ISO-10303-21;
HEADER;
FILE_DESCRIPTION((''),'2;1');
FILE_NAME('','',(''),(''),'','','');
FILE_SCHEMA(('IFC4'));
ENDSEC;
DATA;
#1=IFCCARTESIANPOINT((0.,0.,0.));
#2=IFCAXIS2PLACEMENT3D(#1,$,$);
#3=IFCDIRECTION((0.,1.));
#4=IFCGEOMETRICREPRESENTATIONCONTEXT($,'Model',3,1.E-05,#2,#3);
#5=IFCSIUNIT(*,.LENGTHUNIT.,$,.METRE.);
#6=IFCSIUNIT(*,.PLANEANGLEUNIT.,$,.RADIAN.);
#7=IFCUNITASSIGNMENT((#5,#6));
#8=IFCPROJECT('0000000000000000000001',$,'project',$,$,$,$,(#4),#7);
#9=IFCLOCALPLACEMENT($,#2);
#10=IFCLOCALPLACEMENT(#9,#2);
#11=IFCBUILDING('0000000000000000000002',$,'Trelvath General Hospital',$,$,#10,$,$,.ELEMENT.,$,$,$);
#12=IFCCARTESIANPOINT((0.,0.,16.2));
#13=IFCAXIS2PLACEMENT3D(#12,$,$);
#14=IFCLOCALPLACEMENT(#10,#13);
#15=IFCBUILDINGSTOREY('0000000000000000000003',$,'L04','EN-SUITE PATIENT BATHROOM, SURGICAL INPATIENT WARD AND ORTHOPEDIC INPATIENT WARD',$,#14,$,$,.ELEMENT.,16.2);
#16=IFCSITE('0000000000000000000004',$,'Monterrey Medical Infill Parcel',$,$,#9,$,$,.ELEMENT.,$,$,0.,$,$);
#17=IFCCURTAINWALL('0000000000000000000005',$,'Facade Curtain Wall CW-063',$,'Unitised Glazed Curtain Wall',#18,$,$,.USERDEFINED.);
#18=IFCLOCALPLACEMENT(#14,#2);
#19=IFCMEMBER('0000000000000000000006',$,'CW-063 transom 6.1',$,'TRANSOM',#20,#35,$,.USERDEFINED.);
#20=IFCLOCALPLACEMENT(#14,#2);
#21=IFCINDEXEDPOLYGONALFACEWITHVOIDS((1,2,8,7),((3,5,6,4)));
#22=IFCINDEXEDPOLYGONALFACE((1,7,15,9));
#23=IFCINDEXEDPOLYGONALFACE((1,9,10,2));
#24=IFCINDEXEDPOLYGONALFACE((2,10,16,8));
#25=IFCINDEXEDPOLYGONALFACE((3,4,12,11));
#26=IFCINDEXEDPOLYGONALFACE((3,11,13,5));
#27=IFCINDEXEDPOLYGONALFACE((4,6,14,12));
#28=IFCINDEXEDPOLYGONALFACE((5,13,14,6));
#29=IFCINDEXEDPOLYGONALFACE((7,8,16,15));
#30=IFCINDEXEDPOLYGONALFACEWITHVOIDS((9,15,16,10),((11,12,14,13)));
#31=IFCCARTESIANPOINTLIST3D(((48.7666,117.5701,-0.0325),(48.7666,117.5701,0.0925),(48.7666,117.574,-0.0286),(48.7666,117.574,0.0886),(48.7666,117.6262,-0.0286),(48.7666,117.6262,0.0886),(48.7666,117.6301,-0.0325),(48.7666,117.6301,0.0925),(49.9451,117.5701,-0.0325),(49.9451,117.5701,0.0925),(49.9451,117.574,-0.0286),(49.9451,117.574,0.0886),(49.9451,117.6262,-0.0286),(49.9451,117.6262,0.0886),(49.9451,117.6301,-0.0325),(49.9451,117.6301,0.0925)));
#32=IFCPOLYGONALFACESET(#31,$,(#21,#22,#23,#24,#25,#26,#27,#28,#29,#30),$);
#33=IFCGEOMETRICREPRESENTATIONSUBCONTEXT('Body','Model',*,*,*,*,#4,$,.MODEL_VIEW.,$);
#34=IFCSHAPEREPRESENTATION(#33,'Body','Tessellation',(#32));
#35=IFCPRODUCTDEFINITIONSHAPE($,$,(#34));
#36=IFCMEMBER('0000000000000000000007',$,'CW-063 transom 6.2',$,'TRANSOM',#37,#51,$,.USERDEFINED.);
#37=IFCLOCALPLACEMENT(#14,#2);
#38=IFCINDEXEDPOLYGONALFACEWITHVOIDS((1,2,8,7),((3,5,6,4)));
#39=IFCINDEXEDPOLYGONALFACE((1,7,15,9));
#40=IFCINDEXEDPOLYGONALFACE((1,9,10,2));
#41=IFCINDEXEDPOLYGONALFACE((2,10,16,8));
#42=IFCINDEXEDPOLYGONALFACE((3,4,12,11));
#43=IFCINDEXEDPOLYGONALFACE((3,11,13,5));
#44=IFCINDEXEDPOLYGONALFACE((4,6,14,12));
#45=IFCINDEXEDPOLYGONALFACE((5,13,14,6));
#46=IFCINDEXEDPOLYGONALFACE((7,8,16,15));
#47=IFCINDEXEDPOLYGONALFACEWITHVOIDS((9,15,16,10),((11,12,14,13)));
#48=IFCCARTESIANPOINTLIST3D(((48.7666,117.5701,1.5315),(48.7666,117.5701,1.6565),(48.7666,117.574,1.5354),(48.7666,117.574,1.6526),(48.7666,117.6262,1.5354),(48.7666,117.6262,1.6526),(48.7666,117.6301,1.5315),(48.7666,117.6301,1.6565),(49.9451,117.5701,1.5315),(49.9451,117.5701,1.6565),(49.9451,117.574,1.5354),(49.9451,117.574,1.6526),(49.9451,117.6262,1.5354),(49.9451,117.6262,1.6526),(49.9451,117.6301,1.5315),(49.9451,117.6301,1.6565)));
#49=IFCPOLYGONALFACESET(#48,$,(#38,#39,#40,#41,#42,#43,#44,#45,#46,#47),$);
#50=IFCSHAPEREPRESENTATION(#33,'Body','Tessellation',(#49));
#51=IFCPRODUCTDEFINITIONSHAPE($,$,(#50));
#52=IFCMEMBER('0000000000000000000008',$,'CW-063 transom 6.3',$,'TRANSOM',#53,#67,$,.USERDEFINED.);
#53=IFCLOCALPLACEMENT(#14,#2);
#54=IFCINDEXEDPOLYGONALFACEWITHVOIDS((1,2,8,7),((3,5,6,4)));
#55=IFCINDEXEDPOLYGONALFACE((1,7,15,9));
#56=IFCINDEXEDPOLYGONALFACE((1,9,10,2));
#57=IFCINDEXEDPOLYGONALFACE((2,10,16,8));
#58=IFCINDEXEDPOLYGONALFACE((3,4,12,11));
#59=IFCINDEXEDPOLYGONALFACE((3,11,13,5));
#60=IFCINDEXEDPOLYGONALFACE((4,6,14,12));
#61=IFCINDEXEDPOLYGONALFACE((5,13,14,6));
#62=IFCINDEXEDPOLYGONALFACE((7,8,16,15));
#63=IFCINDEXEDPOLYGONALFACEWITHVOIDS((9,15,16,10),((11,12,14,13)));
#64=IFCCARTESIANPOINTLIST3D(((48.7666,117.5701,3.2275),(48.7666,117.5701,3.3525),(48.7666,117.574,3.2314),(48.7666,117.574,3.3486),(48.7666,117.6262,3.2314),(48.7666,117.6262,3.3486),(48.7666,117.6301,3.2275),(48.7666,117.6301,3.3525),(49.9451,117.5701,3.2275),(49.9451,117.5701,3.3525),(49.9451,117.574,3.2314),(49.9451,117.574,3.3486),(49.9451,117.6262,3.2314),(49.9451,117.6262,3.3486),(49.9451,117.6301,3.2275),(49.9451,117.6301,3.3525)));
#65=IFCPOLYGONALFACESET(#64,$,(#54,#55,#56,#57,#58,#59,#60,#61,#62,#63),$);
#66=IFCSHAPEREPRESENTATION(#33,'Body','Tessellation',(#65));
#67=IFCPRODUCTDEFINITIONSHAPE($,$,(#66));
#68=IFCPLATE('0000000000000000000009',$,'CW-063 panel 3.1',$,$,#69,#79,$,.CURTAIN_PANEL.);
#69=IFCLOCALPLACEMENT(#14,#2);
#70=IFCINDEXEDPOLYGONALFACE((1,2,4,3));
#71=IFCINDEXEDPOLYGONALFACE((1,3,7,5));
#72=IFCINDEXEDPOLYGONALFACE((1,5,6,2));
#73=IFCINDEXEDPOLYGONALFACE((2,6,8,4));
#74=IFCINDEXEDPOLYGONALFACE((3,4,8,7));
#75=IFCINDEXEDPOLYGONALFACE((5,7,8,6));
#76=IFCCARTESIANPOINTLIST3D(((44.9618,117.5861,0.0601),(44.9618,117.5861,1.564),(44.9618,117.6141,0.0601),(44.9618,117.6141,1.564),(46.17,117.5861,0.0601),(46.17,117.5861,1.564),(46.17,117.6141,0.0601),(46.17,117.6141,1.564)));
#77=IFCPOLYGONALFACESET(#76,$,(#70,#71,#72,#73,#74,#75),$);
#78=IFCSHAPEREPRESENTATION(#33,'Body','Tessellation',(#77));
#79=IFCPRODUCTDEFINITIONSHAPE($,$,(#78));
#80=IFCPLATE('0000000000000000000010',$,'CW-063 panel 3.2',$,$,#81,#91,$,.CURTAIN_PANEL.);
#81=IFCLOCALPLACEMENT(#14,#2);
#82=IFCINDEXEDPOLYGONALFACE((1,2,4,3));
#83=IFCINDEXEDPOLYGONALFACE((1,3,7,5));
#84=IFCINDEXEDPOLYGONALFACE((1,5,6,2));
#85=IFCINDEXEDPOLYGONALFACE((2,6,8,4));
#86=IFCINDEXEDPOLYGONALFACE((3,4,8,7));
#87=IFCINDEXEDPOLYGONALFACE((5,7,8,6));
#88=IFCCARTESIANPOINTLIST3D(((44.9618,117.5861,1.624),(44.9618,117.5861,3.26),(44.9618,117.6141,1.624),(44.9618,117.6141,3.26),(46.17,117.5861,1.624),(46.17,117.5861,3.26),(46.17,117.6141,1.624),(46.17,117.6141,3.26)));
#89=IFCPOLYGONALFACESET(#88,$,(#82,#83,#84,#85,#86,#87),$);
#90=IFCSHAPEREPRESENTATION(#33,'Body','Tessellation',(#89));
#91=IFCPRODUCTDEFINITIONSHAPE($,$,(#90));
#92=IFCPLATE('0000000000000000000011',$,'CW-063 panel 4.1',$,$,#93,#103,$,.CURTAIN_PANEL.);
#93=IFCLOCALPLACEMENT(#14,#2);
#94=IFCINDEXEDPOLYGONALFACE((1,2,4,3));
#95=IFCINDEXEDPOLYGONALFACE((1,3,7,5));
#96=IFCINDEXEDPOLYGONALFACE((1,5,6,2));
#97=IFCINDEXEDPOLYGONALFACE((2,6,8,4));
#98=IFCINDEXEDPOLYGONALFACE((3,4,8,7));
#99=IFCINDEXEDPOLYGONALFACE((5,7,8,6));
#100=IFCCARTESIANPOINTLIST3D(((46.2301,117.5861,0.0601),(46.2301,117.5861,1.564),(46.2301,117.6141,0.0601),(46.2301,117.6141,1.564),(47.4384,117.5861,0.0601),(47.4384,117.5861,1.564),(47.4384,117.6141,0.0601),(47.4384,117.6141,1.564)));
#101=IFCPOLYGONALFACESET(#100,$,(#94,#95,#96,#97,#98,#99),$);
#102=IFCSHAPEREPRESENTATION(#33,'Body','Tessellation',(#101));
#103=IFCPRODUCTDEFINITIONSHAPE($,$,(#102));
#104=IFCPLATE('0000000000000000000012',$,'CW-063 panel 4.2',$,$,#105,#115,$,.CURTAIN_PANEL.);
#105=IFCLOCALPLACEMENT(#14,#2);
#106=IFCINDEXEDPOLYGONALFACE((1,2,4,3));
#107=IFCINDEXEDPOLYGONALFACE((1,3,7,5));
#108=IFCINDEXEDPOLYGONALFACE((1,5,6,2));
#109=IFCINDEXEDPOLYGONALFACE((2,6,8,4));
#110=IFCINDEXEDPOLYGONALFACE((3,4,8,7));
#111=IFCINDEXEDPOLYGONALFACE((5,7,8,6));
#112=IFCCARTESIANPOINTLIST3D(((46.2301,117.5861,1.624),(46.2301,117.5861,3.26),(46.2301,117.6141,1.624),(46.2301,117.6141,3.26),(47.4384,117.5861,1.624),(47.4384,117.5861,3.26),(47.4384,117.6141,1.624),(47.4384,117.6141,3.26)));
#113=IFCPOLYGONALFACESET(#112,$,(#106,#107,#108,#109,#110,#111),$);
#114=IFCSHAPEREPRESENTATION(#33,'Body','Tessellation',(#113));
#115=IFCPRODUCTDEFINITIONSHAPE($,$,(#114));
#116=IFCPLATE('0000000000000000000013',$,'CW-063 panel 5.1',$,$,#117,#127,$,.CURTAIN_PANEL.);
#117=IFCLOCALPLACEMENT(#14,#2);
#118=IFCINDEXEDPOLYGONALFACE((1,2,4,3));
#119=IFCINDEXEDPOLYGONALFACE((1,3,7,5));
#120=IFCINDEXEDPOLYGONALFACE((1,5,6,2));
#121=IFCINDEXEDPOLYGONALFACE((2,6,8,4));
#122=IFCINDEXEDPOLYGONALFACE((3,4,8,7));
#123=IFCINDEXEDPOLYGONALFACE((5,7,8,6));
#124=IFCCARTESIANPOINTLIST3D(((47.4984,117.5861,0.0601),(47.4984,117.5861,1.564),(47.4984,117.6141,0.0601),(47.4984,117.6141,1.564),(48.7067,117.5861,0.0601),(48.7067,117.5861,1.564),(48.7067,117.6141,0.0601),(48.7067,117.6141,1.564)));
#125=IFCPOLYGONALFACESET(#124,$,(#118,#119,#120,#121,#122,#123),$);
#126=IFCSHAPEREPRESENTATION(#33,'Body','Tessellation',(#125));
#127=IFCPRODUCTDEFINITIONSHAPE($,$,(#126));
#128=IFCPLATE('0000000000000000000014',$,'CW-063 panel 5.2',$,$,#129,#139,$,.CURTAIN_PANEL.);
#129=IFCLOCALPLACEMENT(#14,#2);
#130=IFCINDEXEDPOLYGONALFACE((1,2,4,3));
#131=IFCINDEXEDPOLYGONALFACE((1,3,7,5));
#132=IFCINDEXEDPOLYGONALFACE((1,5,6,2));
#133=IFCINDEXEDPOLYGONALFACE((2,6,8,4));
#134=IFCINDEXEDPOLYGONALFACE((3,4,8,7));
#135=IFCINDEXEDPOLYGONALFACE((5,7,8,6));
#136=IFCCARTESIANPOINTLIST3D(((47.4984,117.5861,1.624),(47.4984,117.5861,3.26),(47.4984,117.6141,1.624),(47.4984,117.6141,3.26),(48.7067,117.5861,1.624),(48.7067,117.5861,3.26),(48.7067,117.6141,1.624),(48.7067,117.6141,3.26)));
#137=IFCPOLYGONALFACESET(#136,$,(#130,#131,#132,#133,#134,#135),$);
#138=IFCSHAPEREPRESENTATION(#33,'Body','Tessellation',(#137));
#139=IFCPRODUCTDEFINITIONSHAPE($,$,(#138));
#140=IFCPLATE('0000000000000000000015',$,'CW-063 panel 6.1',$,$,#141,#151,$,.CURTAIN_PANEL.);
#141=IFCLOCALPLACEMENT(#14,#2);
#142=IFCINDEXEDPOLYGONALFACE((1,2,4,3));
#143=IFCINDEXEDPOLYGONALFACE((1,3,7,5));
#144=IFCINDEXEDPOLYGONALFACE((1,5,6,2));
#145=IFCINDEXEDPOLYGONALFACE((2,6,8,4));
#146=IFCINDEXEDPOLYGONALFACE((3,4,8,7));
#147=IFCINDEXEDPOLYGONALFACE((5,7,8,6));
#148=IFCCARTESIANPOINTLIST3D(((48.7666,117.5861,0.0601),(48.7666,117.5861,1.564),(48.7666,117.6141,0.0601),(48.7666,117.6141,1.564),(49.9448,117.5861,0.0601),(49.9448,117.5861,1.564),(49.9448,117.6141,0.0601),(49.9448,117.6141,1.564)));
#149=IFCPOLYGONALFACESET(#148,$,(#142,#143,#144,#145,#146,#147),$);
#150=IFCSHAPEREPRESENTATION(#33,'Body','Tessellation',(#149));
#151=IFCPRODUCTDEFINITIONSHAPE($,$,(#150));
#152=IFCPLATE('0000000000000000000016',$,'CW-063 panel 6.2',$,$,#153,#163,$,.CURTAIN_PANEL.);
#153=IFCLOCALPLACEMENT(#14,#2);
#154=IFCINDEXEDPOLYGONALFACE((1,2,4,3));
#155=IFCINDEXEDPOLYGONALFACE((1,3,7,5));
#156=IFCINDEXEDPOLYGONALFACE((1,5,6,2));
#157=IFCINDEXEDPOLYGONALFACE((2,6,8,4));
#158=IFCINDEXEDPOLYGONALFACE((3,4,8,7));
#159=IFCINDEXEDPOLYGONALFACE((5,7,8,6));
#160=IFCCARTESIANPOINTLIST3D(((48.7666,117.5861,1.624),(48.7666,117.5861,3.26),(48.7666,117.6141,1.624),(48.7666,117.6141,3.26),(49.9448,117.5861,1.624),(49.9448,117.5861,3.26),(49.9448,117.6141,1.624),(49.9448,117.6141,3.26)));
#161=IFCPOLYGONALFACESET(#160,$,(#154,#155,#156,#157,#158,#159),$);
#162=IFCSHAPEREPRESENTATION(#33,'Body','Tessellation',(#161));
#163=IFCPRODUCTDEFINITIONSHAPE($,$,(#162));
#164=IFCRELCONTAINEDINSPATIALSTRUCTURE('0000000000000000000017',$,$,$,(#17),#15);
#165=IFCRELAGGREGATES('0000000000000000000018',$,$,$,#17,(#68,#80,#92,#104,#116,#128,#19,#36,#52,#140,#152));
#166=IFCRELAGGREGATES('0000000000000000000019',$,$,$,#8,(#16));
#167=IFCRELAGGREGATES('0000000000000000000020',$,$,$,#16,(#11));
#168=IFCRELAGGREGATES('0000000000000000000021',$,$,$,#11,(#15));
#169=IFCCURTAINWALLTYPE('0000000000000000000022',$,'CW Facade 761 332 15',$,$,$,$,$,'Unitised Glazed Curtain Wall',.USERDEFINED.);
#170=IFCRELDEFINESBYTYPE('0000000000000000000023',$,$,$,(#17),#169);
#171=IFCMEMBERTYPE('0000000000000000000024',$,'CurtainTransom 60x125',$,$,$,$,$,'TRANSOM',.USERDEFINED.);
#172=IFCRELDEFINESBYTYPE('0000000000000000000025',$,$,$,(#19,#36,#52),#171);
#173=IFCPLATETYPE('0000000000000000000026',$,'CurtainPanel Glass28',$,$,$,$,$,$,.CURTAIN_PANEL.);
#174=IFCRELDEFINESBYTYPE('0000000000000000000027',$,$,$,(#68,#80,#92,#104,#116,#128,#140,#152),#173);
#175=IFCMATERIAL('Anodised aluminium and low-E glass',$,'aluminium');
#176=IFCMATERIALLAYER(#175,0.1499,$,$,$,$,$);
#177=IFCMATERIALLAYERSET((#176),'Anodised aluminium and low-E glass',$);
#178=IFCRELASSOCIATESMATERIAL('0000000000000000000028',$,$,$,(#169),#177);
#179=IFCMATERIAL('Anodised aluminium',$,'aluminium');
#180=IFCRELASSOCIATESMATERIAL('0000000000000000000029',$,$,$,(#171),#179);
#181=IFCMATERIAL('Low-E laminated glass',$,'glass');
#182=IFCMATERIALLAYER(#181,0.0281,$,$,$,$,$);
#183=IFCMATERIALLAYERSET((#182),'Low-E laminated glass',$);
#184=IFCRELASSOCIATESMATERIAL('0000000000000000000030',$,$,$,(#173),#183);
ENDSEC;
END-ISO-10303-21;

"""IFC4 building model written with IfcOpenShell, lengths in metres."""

from ifc_helpers import new_model, si_unit, direction, frame, origin, origin_2d, place, context, subcontext, project, spatial, rectangle, hollow_rectangle, extrude, material, layer, layer_set, material_profile, profile_set, type_object, element, aggregate, save


model = new_model("IFC4")

# Units and contexts
model_context = context("Model", 3, precision=1e-05, world=origin(), true_north=direction((0.0, 1.0)))
body_context = subcontext(model_context, "Body", "Model", "MODEL_VIEW")
ifc_project = project(units=[si_unit("LENGTHUNIT", "METRE"), si_unit("PLANEANGLEUNIT", "RADIAN")], contexts=[model_context])

# Site, building, storey
site_placement = place(None, origin())
site = spatial("IfcSite", under=ifc_project, at=site_placement, Name="Monterrey Medical Infill Parcel", CompositionType="ELEMENT", RefElevation=0.0)
building_placement = place(site_placement, origin())
building = spatial("IfcBuilding", under=site, at=building_placement, Name="Trelvath General Hospital", CompositionType="ELEMENT")
storey_placement = place(building_placement, frame((0.0, 0.0, 16.2)))
storey = spatial("IfcBuildingStorey", under=building, at=storey_placement, Name="L04", Description="EN-SUITE PATIENT BATHROOM, SURGICAL INPATIENT WARD AND ORTHOPEDIC INPATIENT WARD", CompositionType="ELEMENT", Elevation=16.2)

# Curtain wall, members, plates
ifc_material_1 = material(Name="Anodised aluminium and low-E glass", Category="aluminium")
ifc_layer_1 = layer(ifc_material_1, 0.1499)
ifc_layer_set_1 = layer_set([ifc_layer_1], Name="Anodised aluminium and low-E glass")
curtain_wall_type = type_object("IfcCurtainWallType", Name="CW Facade 761 332 15", ElementType="Unitised Glazed Curtain Wall", PredefinedType="USERDEFINED", material=ifc_layer_set_1)
curtain_wall_placement = place(storey_placement, origin())
curtain_wall = element("IfcCurtainWall", 1, at=curtain_wall_placement, inside=storey, type_object=curtain_wall_type, Name="Facade Curtain Wall CW-063", ObjectType="Unitised Glazed Curtain Wall", PredefinedType="USERDEFINED")
ifc_material_2 = material(Name="Anodised aluminium", Category="aluminium")
ifc_material_profile_1 = material_profile(ifc_material_2, hollow_rectangle(XDim=0.0601, YDim=0.125, WallThickness=0.0039, at=origin_2d()), Name="RHS60x125x4")
ifc_profile_set_1 = profile_set([ifc_material_profile_1], Name="Anodised aluminium")
member_type_1 = type_object("IfcMemberType", Name="CurtainTransom 60x125", ElementType="TRANSOM", PredefinedType="USERDEFINED", material=ifc_profile_set_1)
member_1_placement = place(storey_placement, frame((48.7666, 117.6001, 0.03), z_axis=(1.0, 0.0, 0.0), x_axis=(0.0, 1.0, 0.0)))
member_1 = element("IfcMember", 2, at=member_1_placement, type_object=member_type_1, Name="CW-063 transom 6.1", ObjectType="TRANSOM", PredefinedType="USERDEFINED", context=body_context, shape_type="SweptSolid", body=[
    extrude(hollow_rectangle(XDim=0.0601, YDim=0.125, WallThickness=0.0039, at=origin_2d()), origin(), (0.0, 0.0, 1.0), 1.1785),
])
member_2_placement = place(storey_placement, frame((48.7666, 117.6001, 1.594), z_axis=(1.0, 0.0, 0.0), x_axis=(0.0, 1.0, 0.0)))
member_2 = element("IfcMember", 3, at=member_2_placement, type_object=member_type_1, Name="CW-063 transom 6.2", ObjectType="TRANSOM", PredefinedType="USERDEFINED", context=body_context, shape_type="SweptSolid", body=[
    extrude(hollow_rectangle(XDim=0.0601, YDim=0.125, WallThickness=0.0039, at=origin_2d()), origin(), (0.0, 0.0, 1.0), 1.1785),
])
member_3_placement = place(storey_placement, frame((48.7666, 117.6001, 3.29), z_axis=(1.0, 0.0, 0.0), x_axis=(0.0, 1.0, 0.0)))
member_3 = element("IfcMember", 4, at=member_3_placement, type_object=member_type_1, Name="CW-063 transom 6.3", ObjectType="TRANSOM", PredefinedType="USERDEFINED", context=body_context, shape_type="SweptSolid", body=[
    extrude(hollow_rectangle(XDim=0.0601, YDim=0.125, WallThickness=0.0039, at=origin_2d()), origin(), (0.0, 0.0, 1.0), 1.1785),
])
ifc_material_3 = material(Name="Low-E laminated glass", Category="glass")
ifc_layer_2 = layer(ifc_material_3, 0.0281)
ifc_layer_set_2 = layer_set([ifc_layer_2], Name="Low-E laminated glass")
plate_type = type_object("IfcPlateType", Name="CurtainPanel Glass28", PredefinedType="CURTAIN_PANEL", material=ifc_layer_set_2)
plate_1_placement = place(storey_placement, frame((45.5659, 117.6001, 0.0601), z_axis=(0.0, 0.0, 1.0), x_axis=(1.0, 0.0, 0.0)))
plate_1 = element("IfcPlate", 5, at=plate_1_placement, type_object=plate_type, Name="CW-063 panel 3.1", PredefinedType="CURTAIN_PANEL", context=body_context, shape_type="SweptSolid", body=[
    extrude(rectangle(XDim=1.2083, YDim=0.0281, at=origin_2d()), origin(), (0.0, 0.0, 1.0), 1.5039),
])
plate_2_placement = place(storey_placement, frame((45.5659, 117.6001, 1.624), z_axis=(0.0, 0.0, 1.0), x_axis=(1.0, 0.0, 0.0)))
plate_2 = element("IfcPlate", 6, at=plate_2_placement, type_object=plate_type, Name="CW-063 panel 3.2", PredefinedType="CURTAIN_PANEL", context=body_context, shape_type="SweptSolid", body=[
    extrude(rectangle(XDim=1.2083, YDim=0.0281, at=origin_2d()), origin(), (0.0, 0.0, 1.0), 1.636),
])
plate_3_placement = place(storey_placement, frame((46.8342, 117.6001, 0.0601), z_axis=(0.0, 0.0, 1.0), x_axis=(1.0, 0.0, 0.0)))
plate_3 = element("IfcPlate", 7, at=plate_3_placement, type_object=plate_type, Name="CW-063 panel 4.1", PredefinedType="CURTAIN_PANEL", context=body_context, shape_type="SweptSolid", body=[
    extrude(rectangle(XDim=1.2083, YDim=0.0281, at=origin_2d()), origin(), (0.0, 0.0, 1.0), 1.5039),
])
plate_4_placement = place(storey_placement, frame((46.8342, 117.6001, 1.624), z_axis=(0.0, 0.0, 1.0), x_axis=(1.0, 0.0, 0.0)))
plate_4 = element("IfcPlate", 8, at=plate_4_placement, type_object=plate_type, Name="CW-063 panel 4.2", PredefinedType="CURTAIN_PANEL", context=body_context, shape_type="SweptSolid", body=[
    extrude(rectangle(XDim=1.2083, YDim=0.0281, at=origin_2d()), origin(), (0.0, 0.0, 1.0), 1.636),
])
plate_5_placement = place(storey_placement, frame((48.1025, 117.6001, 0.0601), z_axis=(0.0, 0.0, 1.0), x_axis=(1.0, 0.0, 0.0)))
plate_5 = element("IfcPlate", 9, at=plate_5_placement, type_object=plate_type, Name="CW-063 panel 5.1", PredefinedType="CURTAIN_PANEL", context=body_context, shape_type="SweptSolid", body=[
    extrude(rectangle(XDim=1.2083, YDim=0.0281, at=origin_2d()), origin(), (0.0, 0.0, 1.0), 1.5039),
])
plate_6_placement = place(storey_placement, frame((48.1025, 117.6001, 1.624), z_axis=(0.0, 0.0, 1.0), x_axis=(1.0, 0.0, 0.0)))
plate_6 = element("IfcPlate", 10, at=plate_6_placement, type_object=plate_type, Name="CW-063 panel 5.2", PredefinedType="CURTAIN_PANEL", context=body_context, shape_type="SweptSolid", body=[
    extrude(rectangle(XDim=1.2083, YDim=0.0281, at=origin_2d()), origin(), (0.0, 0.0, 1.0), 1.636),
])
plate_7_placement = place(storey_placement, frame((49.3557, 117.6001, 0.0601), z_axis=(0.0, 0.0, 1.0), x_axis=(1.0, 0.0, 0.0)))
plate_7 = element("IfcPlate", 11, at=plate_7_placement, type_object=plate_type, Name="CW-063 panel 6.1", PredefinedType="CURTAIN_PANEL", context=body_context, shape_type="SweptSolid", body=[
    extrude(rectangle(XDim=1.1782, YDim=0.0281, at=origin_2d()), origin(), (0.0, 0.0, 1.0), 1.5039),
])
plate_8_placement = place(storey_placement, frame((49.3557, 117.6001, 1.624), z_axis=(0.0, 0.0, 1.0), x_axis=(1.0, 0.0, 0.0)))
plate_8 = element("IfcPlate", 12, at=plate_8_placement, type_object=plate_type, Name="CW-063 panel 6.2", PredefinedType="CURTAIN_PANEL", context=body_context, shape_type="SweptSolid", body=[
    extrude(rectangle(XDim=1.1782, YDim=0.0281, at=origin_2d()), origin(), (0.0, 0.0, 1.0), 1.636),
])
aggregate(curtain_wall, [plate_1, plate_2, plate_3, plate_4, plate_5, plate_6, member_1, member_2, member_3, plate_7, plate_8])

save(model, "model.ifc")
